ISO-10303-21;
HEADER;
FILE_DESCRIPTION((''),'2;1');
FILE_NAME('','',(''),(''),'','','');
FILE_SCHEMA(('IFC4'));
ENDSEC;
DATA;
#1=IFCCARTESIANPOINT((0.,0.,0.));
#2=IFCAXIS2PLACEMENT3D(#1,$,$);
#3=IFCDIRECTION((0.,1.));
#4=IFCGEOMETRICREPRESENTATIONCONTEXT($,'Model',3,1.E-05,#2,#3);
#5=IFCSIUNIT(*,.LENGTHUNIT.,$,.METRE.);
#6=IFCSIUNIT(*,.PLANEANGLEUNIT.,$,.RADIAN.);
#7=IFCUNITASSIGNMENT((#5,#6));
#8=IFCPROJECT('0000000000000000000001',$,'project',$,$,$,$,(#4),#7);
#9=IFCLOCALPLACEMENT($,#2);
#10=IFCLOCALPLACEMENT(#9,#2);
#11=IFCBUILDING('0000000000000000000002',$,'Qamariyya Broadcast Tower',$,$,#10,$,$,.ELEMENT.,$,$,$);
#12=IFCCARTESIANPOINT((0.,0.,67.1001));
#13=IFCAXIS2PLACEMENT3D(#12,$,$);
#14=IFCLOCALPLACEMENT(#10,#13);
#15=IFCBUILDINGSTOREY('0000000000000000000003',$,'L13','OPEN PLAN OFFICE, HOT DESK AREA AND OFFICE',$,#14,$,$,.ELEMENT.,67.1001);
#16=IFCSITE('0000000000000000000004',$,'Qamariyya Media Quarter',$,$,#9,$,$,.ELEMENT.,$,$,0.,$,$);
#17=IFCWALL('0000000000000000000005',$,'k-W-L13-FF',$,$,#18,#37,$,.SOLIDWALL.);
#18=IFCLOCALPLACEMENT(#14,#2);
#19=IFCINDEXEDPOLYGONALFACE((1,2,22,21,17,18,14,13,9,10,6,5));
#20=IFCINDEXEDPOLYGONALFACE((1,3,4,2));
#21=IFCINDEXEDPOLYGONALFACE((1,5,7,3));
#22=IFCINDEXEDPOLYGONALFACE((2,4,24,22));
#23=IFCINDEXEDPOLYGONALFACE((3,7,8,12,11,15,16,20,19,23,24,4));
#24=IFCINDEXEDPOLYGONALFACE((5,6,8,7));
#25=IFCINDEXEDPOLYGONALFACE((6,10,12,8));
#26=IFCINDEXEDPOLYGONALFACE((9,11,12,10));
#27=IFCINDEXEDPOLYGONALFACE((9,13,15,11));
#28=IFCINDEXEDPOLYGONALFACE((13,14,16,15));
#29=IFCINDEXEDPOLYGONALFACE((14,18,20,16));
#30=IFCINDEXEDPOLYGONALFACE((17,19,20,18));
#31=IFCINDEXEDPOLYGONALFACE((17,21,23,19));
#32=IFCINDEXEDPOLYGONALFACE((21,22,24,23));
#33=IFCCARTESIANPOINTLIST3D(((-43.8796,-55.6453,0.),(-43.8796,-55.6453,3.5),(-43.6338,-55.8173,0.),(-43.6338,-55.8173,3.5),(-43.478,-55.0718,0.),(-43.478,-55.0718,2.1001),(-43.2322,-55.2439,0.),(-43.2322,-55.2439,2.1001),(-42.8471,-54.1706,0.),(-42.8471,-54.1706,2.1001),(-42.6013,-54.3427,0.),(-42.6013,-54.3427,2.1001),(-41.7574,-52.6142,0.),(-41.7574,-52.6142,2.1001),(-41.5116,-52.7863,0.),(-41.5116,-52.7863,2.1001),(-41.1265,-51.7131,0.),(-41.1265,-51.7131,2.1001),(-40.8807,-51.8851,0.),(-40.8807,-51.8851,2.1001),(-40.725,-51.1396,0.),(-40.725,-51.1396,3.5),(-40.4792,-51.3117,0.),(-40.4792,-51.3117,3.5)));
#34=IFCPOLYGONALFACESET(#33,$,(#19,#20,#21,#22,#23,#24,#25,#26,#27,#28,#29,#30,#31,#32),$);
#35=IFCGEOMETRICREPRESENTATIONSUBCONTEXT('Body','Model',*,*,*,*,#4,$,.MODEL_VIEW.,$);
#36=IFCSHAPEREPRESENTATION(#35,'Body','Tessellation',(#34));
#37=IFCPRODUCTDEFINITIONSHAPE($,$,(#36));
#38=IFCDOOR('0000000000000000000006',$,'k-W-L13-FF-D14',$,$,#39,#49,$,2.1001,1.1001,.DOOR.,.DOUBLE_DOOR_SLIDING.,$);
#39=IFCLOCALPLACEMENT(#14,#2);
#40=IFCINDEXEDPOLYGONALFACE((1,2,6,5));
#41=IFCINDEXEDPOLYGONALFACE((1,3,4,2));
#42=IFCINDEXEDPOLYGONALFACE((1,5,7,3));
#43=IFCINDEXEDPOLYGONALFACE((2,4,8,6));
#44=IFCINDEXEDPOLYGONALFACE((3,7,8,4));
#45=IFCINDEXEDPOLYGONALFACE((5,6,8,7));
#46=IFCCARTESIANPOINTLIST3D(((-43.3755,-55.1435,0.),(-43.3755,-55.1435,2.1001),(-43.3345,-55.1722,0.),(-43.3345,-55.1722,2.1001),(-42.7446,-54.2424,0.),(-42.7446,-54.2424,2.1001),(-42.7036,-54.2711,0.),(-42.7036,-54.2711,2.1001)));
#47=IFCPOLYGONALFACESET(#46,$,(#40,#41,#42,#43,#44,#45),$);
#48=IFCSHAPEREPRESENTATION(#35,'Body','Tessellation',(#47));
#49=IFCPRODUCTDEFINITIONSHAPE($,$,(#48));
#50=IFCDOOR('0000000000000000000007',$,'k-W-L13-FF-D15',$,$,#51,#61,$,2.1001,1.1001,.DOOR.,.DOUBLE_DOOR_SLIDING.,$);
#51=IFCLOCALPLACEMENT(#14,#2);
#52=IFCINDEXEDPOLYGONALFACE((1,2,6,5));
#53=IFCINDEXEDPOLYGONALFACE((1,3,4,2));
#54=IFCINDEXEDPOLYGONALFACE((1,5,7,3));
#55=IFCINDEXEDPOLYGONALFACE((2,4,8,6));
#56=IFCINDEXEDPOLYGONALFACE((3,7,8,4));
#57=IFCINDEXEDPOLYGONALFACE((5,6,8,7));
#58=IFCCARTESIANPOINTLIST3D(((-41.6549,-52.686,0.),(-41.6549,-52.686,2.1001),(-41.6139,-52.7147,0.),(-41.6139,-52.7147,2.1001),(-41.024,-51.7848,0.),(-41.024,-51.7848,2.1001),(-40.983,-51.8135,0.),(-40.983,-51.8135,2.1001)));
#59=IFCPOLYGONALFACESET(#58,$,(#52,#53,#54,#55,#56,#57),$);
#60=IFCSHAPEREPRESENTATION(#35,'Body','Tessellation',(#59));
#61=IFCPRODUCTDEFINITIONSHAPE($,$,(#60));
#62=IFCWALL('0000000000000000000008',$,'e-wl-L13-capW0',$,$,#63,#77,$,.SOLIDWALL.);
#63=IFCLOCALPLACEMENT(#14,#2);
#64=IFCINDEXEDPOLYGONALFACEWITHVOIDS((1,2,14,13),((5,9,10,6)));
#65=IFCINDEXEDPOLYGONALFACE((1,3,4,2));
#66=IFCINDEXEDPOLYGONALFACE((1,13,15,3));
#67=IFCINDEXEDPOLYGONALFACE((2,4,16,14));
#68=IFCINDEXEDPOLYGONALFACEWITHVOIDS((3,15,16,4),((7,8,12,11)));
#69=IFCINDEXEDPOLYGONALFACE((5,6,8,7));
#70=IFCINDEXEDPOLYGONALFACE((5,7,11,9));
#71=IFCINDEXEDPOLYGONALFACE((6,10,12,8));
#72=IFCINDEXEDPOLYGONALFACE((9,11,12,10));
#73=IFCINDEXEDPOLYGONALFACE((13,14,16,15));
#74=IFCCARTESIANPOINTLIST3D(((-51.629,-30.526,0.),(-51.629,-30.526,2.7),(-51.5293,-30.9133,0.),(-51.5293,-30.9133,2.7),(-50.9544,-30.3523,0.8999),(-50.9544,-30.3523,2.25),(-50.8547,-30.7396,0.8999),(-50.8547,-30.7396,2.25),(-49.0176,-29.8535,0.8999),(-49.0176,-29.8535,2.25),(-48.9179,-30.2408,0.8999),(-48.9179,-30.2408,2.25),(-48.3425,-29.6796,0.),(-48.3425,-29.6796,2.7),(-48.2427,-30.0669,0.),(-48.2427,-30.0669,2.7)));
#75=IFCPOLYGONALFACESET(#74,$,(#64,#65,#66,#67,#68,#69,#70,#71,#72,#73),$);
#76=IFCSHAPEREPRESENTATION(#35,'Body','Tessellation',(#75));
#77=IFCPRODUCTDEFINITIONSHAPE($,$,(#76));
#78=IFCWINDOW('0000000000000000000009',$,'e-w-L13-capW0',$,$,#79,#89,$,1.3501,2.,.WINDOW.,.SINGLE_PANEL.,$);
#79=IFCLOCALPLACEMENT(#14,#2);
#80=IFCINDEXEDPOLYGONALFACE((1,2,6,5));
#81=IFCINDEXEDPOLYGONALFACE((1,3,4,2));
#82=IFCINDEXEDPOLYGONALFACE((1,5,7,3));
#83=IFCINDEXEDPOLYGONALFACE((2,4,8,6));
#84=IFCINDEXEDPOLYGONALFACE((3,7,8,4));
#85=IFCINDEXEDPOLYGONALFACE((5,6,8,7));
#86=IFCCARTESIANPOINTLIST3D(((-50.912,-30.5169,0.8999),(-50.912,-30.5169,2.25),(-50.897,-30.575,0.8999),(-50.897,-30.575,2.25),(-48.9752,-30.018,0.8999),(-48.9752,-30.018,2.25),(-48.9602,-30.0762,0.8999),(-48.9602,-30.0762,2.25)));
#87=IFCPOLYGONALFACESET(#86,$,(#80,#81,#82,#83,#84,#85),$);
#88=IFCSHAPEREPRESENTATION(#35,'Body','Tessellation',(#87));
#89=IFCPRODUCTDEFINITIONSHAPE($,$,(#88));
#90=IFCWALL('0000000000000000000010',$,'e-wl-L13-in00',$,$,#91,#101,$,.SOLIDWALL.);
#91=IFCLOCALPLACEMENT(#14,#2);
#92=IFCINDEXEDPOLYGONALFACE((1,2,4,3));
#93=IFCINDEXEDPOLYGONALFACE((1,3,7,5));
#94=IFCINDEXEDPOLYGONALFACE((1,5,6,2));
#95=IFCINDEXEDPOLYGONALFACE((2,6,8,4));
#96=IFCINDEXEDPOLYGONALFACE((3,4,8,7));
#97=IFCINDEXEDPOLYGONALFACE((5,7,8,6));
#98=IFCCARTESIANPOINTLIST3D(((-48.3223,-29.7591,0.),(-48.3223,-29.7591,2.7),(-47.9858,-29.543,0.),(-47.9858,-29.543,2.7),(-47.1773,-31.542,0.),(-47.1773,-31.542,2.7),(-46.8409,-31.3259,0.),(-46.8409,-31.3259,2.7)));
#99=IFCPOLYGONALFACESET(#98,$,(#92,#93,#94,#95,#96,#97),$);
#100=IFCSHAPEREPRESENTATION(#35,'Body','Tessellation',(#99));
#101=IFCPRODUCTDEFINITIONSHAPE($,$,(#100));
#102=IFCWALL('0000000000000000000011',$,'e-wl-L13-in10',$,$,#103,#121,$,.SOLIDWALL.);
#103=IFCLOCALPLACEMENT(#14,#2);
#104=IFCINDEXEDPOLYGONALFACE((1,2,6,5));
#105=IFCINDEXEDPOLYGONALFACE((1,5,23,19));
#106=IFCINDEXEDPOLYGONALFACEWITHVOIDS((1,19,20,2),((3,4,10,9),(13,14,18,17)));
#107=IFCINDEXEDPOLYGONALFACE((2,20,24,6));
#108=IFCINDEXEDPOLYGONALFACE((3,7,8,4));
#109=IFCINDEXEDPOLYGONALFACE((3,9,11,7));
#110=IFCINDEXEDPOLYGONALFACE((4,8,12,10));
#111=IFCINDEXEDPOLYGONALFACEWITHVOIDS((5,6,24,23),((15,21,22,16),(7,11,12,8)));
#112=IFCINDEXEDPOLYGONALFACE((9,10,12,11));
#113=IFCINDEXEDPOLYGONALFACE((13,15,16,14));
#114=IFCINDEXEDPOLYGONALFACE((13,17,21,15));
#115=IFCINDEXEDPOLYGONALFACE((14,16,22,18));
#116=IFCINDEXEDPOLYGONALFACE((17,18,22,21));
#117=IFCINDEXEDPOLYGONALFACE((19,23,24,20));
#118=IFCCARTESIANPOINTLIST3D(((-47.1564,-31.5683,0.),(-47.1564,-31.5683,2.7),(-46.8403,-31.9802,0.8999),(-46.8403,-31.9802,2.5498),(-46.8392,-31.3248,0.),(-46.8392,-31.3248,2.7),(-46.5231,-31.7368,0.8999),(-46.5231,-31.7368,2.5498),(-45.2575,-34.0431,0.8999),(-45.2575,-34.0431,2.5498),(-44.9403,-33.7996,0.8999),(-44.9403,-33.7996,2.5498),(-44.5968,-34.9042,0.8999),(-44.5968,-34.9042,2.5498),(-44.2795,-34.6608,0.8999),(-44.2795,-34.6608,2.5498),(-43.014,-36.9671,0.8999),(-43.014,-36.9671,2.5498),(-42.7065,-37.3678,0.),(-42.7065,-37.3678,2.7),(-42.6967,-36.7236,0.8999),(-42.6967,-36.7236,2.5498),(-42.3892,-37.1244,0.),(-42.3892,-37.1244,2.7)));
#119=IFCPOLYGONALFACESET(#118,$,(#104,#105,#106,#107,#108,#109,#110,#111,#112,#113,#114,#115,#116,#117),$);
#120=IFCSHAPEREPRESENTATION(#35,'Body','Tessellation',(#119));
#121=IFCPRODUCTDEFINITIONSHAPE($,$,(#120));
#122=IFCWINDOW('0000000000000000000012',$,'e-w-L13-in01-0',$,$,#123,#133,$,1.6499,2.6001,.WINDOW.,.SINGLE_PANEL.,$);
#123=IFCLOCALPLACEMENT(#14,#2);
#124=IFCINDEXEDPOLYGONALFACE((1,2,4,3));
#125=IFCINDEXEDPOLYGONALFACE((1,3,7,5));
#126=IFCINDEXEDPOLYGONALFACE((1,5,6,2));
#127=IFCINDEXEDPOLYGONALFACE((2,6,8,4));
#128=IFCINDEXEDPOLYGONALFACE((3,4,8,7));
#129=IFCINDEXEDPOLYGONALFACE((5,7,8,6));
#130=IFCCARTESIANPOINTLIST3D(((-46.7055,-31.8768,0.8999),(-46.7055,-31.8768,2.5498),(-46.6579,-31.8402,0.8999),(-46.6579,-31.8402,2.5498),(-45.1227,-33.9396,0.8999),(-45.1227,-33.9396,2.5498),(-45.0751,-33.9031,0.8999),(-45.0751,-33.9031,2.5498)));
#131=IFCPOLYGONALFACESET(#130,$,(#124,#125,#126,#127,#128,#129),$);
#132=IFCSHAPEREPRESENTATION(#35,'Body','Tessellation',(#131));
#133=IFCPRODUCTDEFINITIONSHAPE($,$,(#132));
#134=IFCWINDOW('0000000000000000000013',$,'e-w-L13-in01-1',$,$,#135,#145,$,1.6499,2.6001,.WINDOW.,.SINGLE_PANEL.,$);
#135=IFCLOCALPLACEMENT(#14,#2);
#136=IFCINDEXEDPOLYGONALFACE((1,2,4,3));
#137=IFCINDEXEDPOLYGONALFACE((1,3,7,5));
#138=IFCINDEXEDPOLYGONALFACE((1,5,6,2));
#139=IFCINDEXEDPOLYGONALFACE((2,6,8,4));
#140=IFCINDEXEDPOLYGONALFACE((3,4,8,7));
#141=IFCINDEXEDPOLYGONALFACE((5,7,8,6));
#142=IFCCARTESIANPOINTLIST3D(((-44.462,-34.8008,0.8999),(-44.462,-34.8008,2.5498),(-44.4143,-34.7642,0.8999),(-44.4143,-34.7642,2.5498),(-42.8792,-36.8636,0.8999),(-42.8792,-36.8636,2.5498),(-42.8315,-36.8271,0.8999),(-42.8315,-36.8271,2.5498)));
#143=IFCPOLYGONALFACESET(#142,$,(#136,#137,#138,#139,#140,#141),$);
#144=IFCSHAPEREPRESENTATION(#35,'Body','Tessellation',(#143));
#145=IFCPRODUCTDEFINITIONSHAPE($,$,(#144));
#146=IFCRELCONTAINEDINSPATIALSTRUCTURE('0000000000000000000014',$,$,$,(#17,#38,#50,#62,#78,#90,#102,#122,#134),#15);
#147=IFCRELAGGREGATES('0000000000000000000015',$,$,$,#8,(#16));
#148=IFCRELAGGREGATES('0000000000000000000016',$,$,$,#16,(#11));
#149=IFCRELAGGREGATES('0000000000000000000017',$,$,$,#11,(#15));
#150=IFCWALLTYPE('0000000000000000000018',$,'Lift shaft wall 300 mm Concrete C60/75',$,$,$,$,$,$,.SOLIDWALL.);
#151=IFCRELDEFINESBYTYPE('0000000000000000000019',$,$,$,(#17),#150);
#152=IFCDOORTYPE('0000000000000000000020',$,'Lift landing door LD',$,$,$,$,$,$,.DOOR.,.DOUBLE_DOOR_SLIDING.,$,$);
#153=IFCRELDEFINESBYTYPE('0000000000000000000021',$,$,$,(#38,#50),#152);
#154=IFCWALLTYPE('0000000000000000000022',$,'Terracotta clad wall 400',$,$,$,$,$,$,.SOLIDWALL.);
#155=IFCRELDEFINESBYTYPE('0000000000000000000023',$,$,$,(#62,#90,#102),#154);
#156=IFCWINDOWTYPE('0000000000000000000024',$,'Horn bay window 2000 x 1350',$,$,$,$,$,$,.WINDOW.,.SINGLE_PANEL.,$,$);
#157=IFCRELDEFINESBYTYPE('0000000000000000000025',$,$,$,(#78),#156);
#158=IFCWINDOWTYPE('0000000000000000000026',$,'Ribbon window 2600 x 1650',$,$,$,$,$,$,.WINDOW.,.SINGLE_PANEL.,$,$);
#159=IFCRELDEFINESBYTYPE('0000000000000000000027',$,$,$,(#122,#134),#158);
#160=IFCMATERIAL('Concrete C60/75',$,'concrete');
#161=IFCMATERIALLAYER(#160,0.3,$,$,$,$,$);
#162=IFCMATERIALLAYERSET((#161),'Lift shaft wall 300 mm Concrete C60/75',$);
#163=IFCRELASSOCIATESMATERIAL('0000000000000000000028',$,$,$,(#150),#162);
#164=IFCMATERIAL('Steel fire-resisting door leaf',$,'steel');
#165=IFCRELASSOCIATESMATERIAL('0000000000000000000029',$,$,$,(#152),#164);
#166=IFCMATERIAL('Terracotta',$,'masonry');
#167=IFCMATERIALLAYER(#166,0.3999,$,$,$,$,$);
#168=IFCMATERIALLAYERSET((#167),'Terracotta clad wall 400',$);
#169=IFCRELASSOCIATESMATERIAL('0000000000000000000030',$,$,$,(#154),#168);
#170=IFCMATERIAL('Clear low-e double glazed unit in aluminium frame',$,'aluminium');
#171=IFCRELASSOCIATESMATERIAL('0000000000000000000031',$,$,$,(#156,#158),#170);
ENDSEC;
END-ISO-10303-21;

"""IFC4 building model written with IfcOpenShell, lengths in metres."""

from ifc_helpers import new_model, si_unit, direction, frame, frame_2d, origin, place, context, subcontext, project, spatial, rectangle, extrude, material, layer, layer_set, type_object, element, fill, save


model = new_model("IFC4")

# Units and contexts
model_context = context("Model", 3, precision=1e-05, world=origin(), true_north=direction((0.0, 1.0)))
body_context = subcontext(model_context, "Body", "Model", "MODEL_VIEW")
ifc_project = project(units=[si_unit("LENGTHUNIT", "METRE"), si_unit("PLANEANGLEUNIT", "RADIAN")], contexts=[model_context])

# Site, building, storey
site_placement = place(None, origin())
site = spatial("IfcSite", under=ifc_project, at=site_placement, Name="Qamariyya Media Quarter", CompositionType="ELEMENT", RefElevation=0.0)
building_placement = place(site_placement, origin())
building = spatial("IfcBuilding", under=site, at=building_placement, Name="Qamariyya Broadcast Tower", CompositionType="ELEMENT")
storey_placement = place(building_placement, frame((0.0, 0.0, 67.1001)))
storey = spatial("IfcBuildingStorey", under=building, at=storey_placement, Name="L13", Description="OPEN PLAN OFFICE, HOT DESK AREA AND OFFICE", CompositionType="ELEMENT", Elevation=67.1001)

# Shared definitions
ifc_material_1 = material(Name="Concrete C60/75", Category="concrete")

# Wall, openings, doors
ifc_layer_1 = layer(ifc_material_1, 0.3)
ifc_layer_set_1 = layer_set([ifc_layer_1], Name="Lift shaft wall 300 mm Concrete C60/75")
wall_type_1 = type_object("IfcWallType", Name="Lift shaft wall 300 mm Concrete C60/75", PredefinedType="SOLIDWALL", material=ifc_layer_set_1)
wall_1_placement = place(storey_placement, frame((-43.7566, -55.7312, 0.0), z_axis=(0.0, 0.0, 1.0), x_axis=(0.573537, 0.81918, 0.0)))
wall_1 = element("IfcWall", 1, at=wall_1_placement, inside=storey, type_object=wall_type_1, Name="k-W-L13-FF", PredefinedType="SOLIDWALL", context=body_context, shape_type="SweptSolid", body=[
    extrude(rectangle(XDim=5.5002, YDim=0.3, at=frame_2d((2.75, 0.0))), origin(), (0.0, 0.0, 1.0), 3.5),
])
opening_1_placement = place(wall_1_placement, frame((0.7, 0.0, 0.0)))
opening_1 = element("IfcOpeningElement", 2, at=opening_1_placement, cuts=wall_1, PredefinedType="OPENING", context=body_context, shape_type="SweptSolid", body=[
    extrude(rectangle(XDim=1.1001, YDim=2.1001, at=frame_2d((0.55, 1.05))), frame((0.0, 0.1599, 0.0), z_axis=(0.0, -1.0, 0.0), x_axis=(1.0, 0.0, 0.0)), (0.0, 0.0, 1.0), 0.3201),
])
opening_2_placement = place(wall_1_placement, frame((3.7, 0.0, 0.0)))
opening_2 = element("IfcOpeningElement", 3, at=opening_2_placement, cuts=wall_1, PredefinedType="OPENING", context=body_context, shape_type="SweptSolid", body=[
    extrude(rectangle(XDim=1.1001, YDim=2.1001, at=frame_2d((0.55, 1.05))), frame((0.0, 0.1599, 0.0), z_axis=(0.0, -1.0, 0.0), x_axis=(1.0, 0.0, 0.0)), (0.0, 0.0, 1.0), 0.3201),
])
ifc_material_2 = material(Name="Steel fire-resisting door leaf", Category="steel")
door_type = type_object("IfcDoorType", Name="Lift landing door LD", OperationType="DOUBLE_DOOR_SLIDING", PredefinedType="DOOR", material=ifc_material_2)
door_1_placement = place(opening_1_placement, origin())
door_1 = element("IfcDoor", 4, at=door_1_placement, inside=storey, type_object=door_type, Name="k-W-L13-FF-D14", OperationType="DOUBLE_DOOR_SLIDING", OverallHeight=2.1001, OverallWidth=1.1001, PredefinedType="DOOR", context=body_context, shape_type="SweptSolid", body=[
    extrude(rectangle(XDim=1.1001, YDim=2.1001, at=frame_2d((0.55, 1.05))), frame((0.0, 0.0249, 0.0), z_axis=(0.0, -1.0, 0.0), x_axis=(1.0, 0.0, 0.0)), (0.0, 0.0, 1.0), 0.05),
])
fill(opening_1, door_1)
door_2_placement = place(opening_2_placement, origin())
door_2 = element("IfcDoor", 5, at=door_2_placement, inside=storey, type_object=door_type, Name="k-W-L13-FF-D15", OperationType="DOUBLE_DOOR_SLIDING", OverallHeight=2.1001, OverallWidth=1.1001, PredefinedType="DOOR", context=body_context, shape_type="SweptSolid", body=[
    extrude(rectangle(XDim=1.1001, YDim=2.1001, at=frame_2d((0.55, 1.05))), frame((0.0, 0.0249, 0.0), z_axis=(0.0, -1.0, 0.0), x_axis=(1.0, 0.0, 0.0)), (0.0, 0.0, 1.0), 0.05),
])
fill(opening_2, door_2)

# Wall, opening, window
ifc_material_3 = material(Name="Terracotta", Category="masonry")
ifc_layer_2 = layer(ifc_material_3, 0.3999)
ifc_layer_set_2 = layer_set([ifc_layer_2], Name="Terracotta clad wall 400")
wall_type_2 = type_object("IfcWallType", Name="Terracotta clad wall 400", PredefinedType="SOLIDWALL", material=ifc_layer_set_2)
wall_2_placement = place(storey_placement, frame((-48.2927, -29.8733, 0.0), z_axis=(0.0, 0.0, 1.0), x_axis=(-0.9684, -0.249402, 0.0)))
wall_2 = element("IfcWall", 6, at=wall_2_placement, inside=storey, type_object=wall_type_2, Name="e-wl-L13-capW0", PredefinedType="SOLIDWALL", context=body_context, shape_type="SweptSolid", body=[
    extrude(rectangle(XDim=3.3938, YDim=0.3999, at=frame_2d((1.6968, 0.0))), origin(), (0.0, 0.0, 1.0), 2.7),
])
opening_3_placement = place(wall_2_placement, frame((0.697, 0.0, 0.8999)))
opening_3 = element("IfcOpeningElement", 7, at=opening_3_placement, cuts=wall_2, PredefinedType="OPENING", context=body_context, shape_type="SweptSolid", body=[
    extrude(rectangle(XDim=2.0, YDim=1.3501, at=frame_2d((1.0, 0.675))), frame((0.0, 0.21, 0.0), z_axis=(0.0, -1.0, 0.0), x_axis=(1.0, 0.0, 0.0)), (0.0, 0.0, 1.0), 0.4199),
])
ifc_material_4 = material(Name="Clear low-e double glazed unit in aluminium frame", Category="aluminium")
window_type_1 = type_object("IfcWindowType", Name="Horn bay window 2000 x 1350", PartitioningType="SINGLE_PANEL", PredefinedType="WINDOW", material=ifc_material_4)
window_1_placement = place(opening_3_placement, origin())
window_1 = element("IfcWindow", 8, at=window_1_placement, inside=storey, type_object=window_type_1, Name="e-w-L13-capW0", OverallHeight=1.3501, OverallWidth=2.0, PartitioningType="SINGLE_PANEL", PredefinedType="WINDOW", context=body_context, shape_type="SweptSolid", body=[
    extrude(rectangle(XDim=2.0, YDim=1.3501, at=frame_2d((1.0, 0.675))), frame((0.0, 0.03, 0.0), z_axis=(0.0, -1.0, 0.0), x_axis=(1.0, 0.0, 0.0)), (0.0, 0.0, 1.0), 0.0601),
])
fill(opening_3, window_1)

# Wall
wall_3_placement = place(storey_placement, frame((-47.009, -31.4341, 0.0), z_axis=(0.0, 0.0, 1.0), x_axis=(-0.540367, 0.841429, 0.0)))
element("IfcWall", 9, at=wall_3_placement, inside=storey, type_object=wall_type_2, Name="e-wl-L13-in00", PredefinedType="SOLIDWALL", context=body_context, shape_type="SweptSolid", body=[
    extrude(rectangle(XDim=2.1189, YDim=0.3999, at=frame_2d((1.0596, 0.0))), origin(), (0.0, 0.0, 1.0), 2.7),
])

# Wall, openings, windows
wall_4_placement = place(storey_placement, frame((-42.5479, -37.2461, 0.0), z_axis=(0.0, 0.0, 1.0), x_axis=(-0.608744, 0.793367, 0.0)))
wall_4 = element("IfcWall", 10, at=wall_4_placement, inside=storey, type_object=wall_type_2, Name="e-wl-L13-in10", PredefinedType="SOLIDWALL", context=body_context, shape_type="SweptSolid", body=[
    extrude(rectangle(XDim=7.3101, YDim=0.3999, at=frame_2d((3.655, 0.0))), origin(), (0.0, 0.0, 1.0), 2.7),
])
opening_4_placement = place(wall_4_placement, frame((4.1907, 0.0, 0.8999)))
opening_4 = element("IfcOpeningElement", 11, at=opening_4_placement, cuts=wall_4, PredefinedType="OPENING", context=body_context, shape_type="SweptSolid", body=[
    extrude(rectangle(XDim=2.6001, YDim=1.6499, at=frame_2d((1.3, 0.825))), frame((0.0, 0.21, 0.0), z_axis=(0.0, -1.0, 0.0), x_axis=(1.0, 0.0, 0.0)), (0.0, 0.0, 1.0), 0.4199),
])
opening_5_placement = place(wall_4_placement, frame((0.5051, 0.0, 0.8999)))
opening_5 = element("IfcOpeningElement", 12, at=opening_5_placement, cuts=wall_4, PredefinedType="OPENING", context=body_context, shape_type="SweptSolid", body=[
    extrude(rectangle(XDim=2.6001, YDim=1.6499, at=frame_2d((1.3, 0.825))), frame((0.0, 0.21, 0.0), z_axis=(0.0, -1.0, 0.0), x_axis=(1.0, 0.0, 0.0)), (0.0, 0.0, 1.0), 0.4199),
])
window_type_2 = type_object("IfcWindowType", Name="Ribbon window 2600 x 1650", PartitioningType="SINGLE_PANEL", PredefinedType="WINDOW", material=ifc_material_4)
window_2_placement = place(opening_4_placement, origin())
window_2 = element("IfcWindow", 13, at=window_2_placement, inside=storey, type_object=window_type_2, Name="e-w-L13-in01-0", OverallHeight=1.6499, OverallWidth=2.6001, PartitioningType="SINGLE_PANEL", PredefinedType="WINDOW", context=body_context, shape_type="SweptSolid", body=[
    extrude(rectangle(XDim=2.6001, YDim=1.6499, at=frame_2d((1.3, 0.825))), frame((0.0, 0.03, 0.0), z_axis=(0.0, -1.0, 0.0), x_axis=(1.0, 0.0, 0.0)), (0.0, 0.0, 1.0), 0.0601),
])
fill(opening_4, window_2)
window_3_placement = place(opening_5_placement, origin())
window_3 = element("IfcWindow", 14, at=window_3_placement, inside=storey, type_object=window_type_2, Name="e-w-L13-in01-1", OverallHeight=1.6499, OverallWidth=2.6001, PartitioningType="SINGLE_PANEL", PredefinedType="WINDOW", context=body_context, shape_type="SweptSolid", body=[
    extrude(rectangle(XDim=2.6001, YDim=1.6499, at=frame_2d((1.3, 0.825))), frame((0.0, 0.03, 0.0), z_axis=(0.0, -1.0, 0.0), x_axis=(1.0, 0.0, 0.0)), (0.0, 0.0, 1.0), 0.0601),
])
fill(opening_5, window_3)

save(model, "model.ifc")
